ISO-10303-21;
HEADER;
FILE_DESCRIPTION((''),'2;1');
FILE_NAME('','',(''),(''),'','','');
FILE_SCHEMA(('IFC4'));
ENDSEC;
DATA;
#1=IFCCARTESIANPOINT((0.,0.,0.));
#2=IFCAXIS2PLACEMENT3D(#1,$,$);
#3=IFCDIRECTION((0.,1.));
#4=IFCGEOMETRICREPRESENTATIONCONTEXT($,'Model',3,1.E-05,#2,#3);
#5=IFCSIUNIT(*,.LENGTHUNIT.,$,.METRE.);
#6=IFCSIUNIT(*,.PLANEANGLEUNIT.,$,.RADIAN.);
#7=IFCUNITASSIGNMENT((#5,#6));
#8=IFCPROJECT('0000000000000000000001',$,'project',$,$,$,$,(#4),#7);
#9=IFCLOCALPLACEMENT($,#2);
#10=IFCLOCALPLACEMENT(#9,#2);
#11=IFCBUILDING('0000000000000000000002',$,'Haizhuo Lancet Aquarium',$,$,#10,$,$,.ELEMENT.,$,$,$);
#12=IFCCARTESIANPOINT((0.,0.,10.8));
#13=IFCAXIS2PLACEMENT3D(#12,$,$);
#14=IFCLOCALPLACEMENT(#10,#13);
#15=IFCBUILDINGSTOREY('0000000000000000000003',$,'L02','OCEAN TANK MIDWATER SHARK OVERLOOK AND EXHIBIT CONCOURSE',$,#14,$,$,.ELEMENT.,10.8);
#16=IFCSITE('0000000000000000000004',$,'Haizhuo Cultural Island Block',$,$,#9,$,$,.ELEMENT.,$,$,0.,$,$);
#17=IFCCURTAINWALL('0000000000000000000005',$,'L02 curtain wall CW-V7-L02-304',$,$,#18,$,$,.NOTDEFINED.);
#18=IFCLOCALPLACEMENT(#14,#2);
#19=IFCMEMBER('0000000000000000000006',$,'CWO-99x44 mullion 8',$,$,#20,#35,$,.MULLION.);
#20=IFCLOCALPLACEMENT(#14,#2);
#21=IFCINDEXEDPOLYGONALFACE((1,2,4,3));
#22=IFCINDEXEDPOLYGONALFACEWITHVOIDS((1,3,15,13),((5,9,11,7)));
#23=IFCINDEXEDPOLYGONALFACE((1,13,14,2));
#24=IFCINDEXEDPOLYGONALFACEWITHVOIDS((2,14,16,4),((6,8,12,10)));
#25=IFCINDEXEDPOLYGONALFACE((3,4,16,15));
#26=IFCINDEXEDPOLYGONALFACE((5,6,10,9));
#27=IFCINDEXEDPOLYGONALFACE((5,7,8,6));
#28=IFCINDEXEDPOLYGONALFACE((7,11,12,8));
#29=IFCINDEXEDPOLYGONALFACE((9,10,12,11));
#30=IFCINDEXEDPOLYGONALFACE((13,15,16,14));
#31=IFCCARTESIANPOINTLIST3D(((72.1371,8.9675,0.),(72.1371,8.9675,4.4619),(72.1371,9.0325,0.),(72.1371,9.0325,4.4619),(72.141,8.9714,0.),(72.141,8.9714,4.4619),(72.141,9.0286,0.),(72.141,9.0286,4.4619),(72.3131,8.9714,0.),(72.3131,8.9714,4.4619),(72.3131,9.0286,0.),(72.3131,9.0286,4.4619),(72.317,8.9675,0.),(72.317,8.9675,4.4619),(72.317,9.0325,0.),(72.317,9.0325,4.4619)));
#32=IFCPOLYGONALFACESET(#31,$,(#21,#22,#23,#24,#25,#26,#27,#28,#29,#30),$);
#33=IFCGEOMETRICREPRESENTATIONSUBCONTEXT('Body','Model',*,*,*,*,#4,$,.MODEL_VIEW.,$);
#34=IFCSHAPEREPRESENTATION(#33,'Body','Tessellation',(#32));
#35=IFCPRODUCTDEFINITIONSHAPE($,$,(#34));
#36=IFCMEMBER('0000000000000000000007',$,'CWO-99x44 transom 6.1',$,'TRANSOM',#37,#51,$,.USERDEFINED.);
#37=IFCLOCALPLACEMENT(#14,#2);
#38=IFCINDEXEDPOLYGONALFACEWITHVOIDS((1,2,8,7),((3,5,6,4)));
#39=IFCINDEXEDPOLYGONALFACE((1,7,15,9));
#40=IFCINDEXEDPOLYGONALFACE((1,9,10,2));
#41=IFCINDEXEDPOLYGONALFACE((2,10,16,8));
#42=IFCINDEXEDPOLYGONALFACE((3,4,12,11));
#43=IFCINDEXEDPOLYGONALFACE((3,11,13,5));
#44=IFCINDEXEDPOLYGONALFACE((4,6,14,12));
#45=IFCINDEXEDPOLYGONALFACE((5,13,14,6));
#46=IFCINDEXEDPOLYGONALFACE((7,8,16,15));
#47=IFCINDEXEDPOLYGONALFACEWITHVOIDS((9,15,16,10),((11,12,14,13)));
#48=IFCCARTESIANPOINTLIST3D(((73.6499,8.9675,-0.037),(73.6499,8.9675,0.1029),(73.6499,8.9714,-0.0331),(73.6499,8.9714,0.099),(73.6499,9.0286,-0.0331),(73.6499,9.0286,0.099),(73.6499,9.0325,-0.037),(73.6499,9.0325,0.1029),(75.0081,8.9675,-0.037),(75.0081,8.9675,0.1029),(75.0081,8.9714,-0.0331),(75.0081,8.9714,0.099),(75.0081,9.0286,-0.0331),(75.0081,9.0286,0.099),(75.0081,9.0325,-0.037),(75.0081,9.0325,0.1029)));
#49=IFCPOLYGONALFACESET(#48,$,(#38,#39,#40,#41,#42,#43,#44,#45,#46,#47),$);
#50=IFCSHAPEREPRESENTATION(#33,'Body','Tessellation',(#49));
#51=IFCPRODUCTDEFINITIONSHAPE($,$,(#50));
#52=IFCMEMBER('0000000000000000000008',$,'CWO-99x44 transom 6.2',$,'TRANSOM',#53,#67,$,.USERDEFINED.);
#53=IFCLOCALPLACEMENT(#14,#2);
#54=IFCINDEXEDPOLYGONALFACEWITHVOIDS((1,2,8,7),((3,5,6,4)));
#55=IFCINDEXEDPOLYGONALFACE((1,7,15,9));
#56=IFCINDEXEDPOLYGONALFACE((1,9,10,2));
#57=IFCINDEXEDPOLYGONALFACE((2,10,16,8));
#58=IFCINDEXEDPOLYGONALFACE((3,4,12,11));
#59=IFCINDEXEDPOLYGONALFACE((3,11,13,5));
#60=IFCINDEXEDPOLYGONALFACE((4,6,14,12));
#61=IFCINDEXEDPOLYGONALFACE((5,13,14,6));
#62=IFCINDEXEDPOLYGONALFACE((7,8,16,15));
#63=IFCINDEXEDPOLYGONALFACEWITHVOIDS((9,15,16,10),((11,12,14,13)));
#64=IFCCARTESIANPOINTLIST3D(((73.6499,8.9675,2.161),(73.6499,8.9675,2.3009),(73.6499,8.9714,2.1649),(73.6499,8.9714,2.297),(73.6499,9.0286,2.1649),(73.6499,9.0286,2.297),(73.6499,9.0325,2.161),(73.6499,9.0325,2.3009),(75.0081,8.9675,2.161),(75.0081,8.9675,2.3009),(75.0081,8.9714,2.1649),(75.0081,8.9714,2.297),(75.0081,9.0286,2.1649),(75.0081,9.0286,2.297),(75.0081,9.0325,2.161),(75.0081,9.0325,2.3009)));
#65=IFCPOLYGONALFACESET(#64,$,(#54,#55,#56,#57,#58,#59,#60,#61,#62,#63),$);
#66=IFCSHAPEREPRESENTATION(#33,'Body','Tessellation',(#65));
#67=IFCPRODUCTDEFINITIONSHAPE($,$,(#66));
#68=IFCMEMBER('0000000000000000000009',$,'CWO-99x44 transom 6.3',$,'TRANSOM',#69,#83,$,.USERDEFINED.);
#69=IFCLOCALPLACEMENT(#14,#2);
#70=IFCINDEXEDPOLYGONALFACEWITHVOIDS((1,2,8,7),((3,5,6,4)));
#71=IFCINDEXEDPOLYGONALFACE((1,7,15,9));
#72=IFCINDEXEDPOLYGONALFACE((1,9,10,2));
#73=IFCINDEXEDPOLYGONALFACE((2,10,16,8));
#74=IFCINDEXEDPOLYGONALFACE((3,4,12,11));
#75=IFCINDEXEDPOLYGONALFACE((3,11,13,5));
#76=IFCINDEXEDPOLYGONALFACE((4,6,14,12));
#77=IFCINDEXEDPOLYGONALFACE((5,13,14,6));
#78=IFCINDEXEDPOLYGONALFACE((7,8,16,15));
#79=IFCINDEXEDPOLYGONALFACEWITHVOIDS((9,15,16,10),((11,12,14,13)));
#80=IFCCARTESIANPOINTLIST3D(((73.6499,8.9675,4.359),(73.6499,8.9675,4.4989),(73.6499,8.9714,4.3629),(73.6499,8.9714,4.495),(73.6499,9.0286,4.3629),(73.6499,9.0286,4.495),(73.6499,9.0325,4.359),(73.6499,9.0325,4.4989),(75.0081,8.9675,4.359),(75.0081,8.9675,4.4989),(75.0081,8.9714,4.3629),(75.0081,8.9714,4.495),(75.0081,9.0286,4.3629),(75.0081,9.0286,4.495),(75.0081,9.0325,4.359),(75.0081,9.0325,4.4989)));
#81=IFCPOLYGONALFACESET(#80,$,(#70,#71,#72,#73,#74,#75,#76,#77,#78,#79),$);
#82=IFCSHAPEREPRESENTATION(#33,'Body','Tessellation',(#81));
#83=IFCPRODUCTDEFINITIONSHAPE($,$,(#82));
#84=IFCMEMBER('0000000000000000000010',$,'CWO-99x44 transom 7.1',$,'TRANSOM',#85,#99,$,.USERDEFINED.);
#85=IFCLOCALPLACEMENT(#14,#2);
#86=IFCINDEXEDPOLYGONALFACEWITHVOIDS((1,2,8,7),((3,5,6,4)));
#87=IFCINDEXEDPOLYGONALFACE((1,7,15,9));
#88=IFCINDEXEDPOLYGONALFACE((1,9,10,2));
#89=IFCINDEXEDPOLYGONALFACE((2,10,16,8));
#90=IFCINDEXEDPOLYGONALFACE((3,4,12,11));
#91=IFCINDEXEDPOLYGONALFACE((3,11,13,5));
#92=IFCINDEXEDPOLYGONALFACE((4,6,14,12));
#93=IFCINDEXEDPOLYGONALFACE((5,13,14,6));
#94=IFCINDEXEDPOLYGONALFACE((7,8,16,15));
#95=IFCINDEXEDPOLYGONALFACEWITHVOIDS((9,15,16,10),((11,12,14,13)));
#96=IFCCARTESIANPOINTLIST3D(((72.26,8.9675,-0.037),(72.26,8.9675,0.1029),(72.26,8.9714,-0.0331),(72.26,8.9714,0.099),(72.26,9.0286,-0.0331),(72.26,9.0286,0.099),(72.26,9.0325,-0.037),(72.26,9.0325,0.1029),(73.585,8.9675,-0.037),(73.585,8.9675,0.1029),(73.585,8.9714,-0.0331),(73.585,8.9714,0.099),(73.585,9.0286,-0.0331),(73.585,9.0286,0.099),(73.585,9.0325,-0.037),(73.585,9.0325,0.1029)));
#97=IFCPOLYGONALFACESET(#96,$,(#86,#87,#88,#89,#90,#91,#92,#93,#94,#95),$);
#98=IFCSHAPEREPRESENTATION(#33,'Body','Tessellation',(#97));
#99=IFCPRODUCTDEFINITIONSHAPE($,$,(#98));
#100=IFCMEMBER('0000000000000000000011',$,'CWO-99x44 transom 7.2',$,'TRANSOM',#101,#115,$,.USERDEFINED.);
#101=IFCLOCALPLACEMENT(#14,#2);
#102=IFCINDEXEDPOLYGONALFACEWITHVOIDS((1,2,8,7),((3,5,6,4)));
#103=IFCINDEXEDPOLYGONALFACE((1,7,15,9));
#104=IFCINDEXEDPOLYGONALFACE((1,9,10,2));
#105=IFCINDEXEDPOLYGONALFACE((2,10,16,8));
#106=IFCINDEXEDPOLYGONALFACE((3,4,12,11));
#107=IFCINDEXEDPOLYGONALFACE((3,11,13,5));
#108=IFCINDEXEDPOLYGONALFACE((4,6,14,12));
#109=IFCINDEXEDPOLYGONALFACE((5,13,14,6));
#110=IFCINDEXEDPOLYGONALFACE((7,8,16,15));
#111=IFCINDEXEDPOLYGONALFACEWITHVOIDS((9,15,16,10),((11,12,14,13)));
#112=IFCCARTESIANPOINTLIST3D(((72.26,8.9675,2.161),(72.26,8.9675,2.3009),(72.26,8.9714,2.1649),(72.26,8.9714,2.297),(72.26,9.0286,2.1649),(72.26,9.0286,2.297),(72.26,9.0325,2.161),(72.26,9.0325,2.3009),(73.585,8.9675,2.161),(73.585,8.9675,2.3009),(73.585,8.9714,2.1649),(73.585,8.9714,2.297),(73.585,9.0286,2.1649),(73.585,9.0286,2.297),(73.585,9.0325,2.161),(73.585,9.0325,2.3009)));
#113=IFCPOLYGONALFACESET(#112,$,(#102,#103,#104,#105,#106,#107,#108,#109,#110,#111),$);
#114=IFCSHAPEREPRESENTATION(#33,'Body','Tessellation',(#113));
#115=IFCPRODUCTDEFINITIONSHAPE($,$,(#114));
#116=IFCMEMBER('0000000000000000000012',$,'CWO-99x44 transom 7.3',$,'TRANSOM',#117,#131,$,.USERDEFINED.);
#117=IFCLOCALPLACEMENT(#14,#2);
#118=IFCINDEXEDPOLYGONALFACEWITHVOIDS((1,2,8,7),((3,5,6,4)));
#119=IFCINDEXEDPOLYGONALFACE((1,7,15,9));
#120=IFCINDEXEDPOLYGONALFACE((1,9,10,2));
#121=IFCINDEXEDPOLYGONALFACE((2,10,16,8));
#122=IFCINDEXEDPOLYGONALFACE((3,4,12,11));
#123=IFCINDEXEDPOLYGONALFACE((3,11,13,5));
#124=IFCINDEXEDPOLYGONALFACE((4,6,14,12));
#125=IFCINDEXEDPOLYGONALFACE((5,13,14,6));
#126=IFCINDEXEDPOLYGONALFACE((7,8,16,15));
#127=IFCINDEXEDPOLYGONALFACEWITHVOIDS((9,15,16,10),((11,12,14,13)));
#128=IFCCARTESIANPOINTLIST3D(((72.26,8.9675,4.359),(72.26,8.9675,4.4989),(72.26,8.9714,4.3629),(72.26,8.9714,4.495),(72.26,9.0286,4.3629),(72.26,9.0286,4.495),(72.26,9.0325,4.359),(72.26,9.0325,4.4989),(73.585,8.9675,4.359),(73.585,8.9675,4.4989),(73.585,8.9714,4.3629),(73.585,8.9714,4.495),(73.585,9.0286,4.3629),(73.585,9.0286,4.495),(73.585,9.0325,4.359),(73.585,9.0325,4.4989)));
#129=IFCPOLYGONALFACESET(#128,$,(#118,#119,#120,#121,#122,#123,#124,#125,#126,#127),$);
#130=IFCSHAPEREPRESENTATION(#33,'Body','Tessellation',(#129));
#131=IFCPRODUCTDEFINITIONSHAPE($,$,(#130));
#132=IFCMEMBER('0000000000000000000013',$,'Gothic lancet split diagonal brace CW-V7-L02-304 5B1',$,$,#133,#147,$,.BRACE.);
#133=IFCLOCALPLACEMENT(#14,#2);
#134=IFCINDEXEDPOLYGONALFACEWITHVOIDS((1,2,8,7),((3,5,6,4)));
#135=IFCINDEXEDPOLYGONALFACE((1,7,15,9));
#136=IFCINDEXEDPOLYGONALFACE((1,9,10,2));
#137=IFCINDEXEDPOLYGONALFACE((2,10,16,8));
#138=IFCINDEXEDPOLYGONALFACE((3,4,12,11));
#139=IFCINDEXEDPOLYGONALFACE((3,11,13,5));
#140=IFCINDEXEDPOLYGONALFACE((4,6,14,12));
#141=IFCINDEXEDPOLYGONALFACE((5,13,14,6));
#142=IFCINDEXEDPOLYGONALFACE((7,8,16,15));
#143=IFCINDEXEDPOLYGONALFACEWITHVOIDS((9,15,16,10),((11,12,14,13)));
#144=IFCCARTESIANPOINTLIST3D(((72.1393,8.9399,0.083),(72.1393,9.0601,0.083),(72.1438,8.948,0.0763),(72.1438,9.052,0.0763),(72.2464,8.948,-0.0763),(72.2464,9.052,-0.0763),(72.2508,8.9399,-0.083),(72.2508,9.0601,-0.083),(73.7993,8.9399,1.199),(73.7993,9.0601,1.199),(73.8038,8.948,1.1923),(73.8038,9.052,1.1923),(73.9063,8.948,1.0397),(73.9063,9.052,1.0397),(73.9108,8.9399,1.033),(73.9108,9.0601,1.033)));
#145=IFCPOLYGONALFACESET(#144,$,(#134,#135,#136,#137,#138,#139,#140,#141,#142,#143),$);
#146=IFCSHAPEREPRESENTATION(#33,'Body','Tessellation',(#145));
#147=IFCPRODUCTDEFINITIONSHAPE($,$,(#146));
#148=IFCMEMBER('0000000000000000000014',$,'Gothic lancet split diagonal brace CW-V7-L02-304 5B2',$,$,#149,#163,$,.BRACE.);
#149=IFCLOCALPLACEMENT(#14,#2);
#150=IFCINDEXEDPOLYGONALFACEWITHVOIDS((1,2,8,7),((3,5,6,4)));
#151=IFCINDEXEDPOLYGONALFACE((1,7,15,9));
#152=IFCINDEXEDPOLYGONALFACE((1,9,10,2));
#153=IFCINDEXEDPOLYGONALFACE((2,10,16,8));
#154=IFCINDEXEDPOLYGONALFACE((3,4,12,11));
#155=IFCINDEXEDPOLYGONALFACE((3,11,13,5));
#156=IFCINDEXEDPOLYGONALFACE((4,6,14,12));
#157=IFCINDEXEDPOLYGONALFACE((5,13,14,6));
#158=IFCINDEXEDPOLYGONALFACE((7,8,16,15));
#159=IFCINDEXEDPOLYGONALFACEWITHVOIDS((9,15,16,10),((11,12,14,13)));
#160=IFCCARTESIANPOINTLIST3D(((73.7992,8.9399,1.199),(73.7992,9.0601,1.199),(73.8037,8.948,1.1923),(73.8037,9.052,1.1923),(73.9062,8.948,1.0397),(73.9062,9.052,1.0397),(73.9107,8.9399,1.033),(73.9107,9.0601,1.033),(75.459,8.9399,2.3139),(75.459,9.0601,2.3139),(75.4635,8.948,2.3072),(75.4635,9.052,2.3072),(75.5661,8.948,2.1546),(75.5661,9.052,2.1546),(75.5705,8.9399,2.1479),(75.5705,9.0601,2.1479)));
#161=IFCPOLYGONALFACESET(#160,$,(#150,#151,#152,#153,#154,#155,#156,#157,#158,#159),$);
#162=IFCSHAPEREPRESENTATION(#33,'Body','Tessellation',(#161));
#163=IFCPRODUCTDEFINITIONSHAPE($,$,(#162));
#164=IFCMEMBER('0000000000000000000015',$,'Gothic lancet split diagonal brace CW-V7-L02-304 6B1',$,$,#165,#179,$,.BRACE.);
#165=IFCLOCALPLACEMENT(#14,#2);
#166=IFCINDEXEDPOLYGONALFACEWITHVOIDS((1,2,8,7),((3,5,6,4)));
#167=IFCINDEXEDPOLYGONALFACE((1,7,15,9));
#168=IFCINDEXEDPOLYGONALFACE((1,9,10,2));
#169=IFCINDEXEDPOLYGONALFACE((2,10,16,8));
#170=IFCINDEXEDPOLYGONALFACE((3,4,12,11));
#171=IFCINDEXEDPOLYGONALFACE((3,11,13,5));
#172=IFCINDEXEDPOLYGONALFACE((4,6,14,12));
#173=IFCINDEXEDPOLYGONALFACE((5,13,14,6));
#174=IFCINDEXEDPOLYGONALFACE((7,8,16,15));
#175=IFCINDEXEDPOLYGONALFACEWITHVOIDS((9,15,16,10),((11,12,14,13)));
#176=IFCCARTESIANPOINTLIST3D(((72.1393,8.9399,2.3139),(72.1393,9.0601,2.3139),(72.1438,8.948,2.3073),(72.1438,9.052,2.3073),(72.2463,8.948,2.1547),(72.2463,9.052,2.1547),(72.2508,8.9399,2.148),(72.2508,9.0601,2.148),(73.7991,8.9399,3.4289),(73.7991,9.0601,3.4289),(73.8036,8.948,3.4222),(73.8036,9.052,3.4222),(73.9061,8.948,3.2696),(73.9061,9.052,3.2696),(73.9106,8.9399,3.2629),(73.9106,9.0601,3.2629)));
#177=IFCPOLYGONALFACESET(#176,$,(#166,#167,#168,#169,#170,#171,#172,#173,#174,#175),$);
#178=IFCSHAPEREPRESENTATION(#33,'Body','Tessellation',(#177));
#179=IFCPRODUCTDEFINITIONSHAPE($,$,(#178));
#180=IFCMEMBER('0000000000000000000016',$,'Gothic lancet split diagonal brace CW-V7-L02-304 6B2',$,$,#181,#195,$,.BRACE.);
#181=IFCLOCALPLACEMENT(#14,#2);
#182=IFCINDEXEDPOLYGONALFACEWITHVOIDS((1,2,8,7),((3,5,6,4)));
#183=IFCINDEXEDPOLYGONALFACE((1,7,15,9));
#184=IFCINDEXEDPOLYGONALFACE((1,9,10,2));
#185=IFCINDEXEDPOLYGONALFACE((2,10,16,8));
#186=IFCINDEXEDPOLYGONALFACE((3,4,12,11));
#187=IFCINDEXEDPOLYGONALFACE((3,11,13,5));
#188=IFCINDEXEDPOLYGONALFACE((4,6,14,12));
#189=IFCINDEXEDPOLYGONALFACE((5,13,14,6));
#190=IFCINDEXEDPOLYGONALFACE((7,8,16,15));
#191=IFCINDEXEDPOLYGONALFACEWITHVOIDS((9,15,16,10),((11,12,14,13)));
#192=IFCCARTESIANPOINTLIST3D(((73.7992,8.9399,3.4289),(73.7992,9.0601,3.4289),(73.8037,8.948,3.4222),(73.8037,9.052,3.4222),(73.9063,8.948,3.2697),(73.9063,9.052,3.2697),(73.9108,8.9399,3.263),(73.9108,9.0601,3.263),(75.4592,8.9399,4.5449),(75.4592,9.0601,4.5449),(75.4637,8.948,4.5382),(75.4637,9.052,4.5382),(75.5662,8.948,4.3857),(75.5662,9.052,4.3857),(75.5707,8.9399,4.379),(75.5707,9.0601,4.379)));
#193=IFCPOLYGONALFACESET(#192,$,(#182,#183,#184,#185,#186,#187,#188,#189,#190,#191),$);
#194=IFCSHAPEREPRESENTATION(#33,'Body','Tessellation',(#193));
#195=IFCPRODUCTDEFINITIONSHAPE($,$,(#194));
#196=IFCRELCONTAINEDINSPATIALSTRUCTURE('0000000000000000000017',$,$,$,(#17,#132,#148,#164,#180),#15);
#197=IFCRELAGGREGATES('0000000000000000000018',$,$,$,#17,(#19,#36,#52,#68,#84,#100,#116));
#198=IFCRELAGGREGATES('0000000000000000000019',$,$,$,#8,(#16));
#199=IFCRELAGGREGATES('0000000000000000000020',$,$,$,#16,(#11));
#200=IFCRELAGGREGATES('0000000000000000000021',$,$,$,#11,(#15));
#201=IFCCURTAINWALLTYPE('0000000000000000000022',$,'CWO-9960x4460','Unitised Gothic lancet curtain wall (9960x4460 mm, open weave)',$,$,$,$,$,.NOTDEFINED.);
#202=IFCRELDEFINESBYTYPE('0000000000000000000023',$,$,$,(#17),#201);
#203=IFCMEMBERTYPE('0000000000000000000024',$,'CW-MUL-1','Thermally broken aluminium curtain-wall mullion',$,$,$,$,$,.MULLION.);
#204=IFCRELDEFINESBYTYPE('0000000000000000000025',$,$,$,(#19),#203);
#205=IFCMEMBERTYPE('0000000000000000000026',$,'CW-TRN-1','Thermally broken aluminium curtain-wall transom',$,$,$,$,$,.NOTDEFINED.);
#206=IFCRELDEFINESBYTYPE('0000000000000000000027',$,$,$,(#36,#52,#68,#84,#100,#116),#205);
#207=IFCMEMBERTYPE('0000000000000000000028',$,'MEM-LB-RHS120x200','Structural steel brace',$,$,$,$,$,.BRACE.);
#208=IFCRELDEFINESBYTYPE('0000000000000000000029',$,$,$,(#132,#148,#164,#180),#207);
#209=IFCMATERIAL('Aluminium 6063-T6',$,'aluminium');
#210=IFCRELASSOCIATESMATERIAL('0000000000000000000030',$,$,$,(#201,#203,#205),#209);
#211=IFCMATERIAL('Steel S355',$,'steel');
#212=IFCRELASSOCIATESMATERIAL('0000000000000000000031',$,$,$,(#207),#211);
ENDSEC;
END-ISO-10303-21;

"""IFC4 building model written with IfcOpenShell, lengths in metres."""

from ifc_helpers import new_model, si_unit, direction, frame, origin, origin_2d, place, context, subcontext, project, spatial, hollow_rectangle, extrude, material, material_profile, profile_set, type_object, element, aggregate, save


model = new_model("IFC4")

# Units and contexts
model_context = context("Model", 3, precision=1e-05, world=origin(), true_north=direction((0.0, 1.0)))
body_context = subcontext(model_context, "Body", "Model", "MODEL_VIEW")
ifc_project = project(units=[si_unit("LENGTHUNIT", "METRE"), si_unit("PLANEANGLEUNIT", "RADIAN")], contexts=[model_context])

# Site, building, storey
site_placement = place(None, origin())
site = spatial("IfcSite", under=ifc_project, at=site_placement, Name="Haizhuo Cultural Island Block", CompositionType="ELEMENT", RefElevation=0.0)
building_placement = place(site_placement, origin())
building = spatial("IfcBuilding", under=site, at=building_placement, Name="Haizhuo Lancet Aquarium", CompositionType="ELEMENT")
storey_placement = place(building_placement, frame((0.0, 0.0, 10.8)))
storey = spatial("IfcBuildingStorey", under=building, at=storey_placement, Name="L02", Description="OCEAN TANK MIDWATER SHARK OVERLOOK AND EXHIBIT CONCOURSE", CompositionType="ELEMENT", Elevation=10.8)

# Shared definitions
ifc_material_1 = material(Name="Steel S355", Category="steel")

# Curtain wall, members
ifc_material_2 = material(Name="Aluminium 6063-T6", Category="aluminium")
curtain_wall_type = type_object("IfcCurtainWallType", Name="CWO-9960x4460", Description="Unitised Gothic lancet curtain wall (9960x4460 mm, open weave)", PredefinedType="NOTDEFINED", material=ifc_material_2)
curtain_wall_placement = place(storey_placement, origin())
curtain_wall = element("IfcCurtainWall", 1, at=curtain_wall_placement, inside=storey, type_object=curtain_wall_type, Name="L02 curtain wall CW-V7-L02-304", PredefinedType="NOTDEFINED")
ifc_material_profile_1 = material_profile(ifc_material_2, hollow_rectangle(XDim=0.0649, YDim=0.1799, WallThickness=0.0039, at=origin_2d()), Name="ALU-M 65x180x4")
ifc_profile_set_1 = profile_set([ifc_material_profile_1], Name="Aluminium 6063-T6")
member_type_1 = type_object("IfcMemberType", Name="CW-MUL-1", Description="Thermally broken aluminium curtain-wall mullion", PredefinedType="MULLION", material=ifc_profile_set_1)
member_1_placement = place(storey_placement, frame((72.2271, 9.0, 0.0), z_axis=(0.0, 0.0, 1.0), x_axis=(0.0, -1.0, 0.0)))
member_1 = element("IfcMember", 2, at=member_1_placement, type_object=member_type_1, Name="CWO-99x44 mullion 8", PredefinedType="MULLION", context=body_context, shape_type="SweptSolid", body=[
    extrude(hollow_rectangle(XDim=0.0649, YDim=0.1799, WallThickness=0.0039, at=origin_2d()), origin(), (0.0, 0.0, 1.0), 4.4619),
])
ifc_material_profile_2 = material_profile(ifc_material_2, hollow_rectangle(XDim=0.0649, YDim=0.1399, WallThickness=0.0039, at=origin_2d()), Name="ALU-T 65x140x4")
ifc_profile_set_2 = profile_set([ifc_material_profile_2], Name="Aluminium 6063-T6")
member_type_2 = type_object("IfcMemberType", Name="CW-TRN-1", Description="Thermally broken aluminium curtain-wall transom", PredefinedType="NOTDEFINED", material=ifc_profile_set_2)
member_2_placement = place(storey_placement, frame((75.0081, 9.0, 0.033), z_axis=(-1.0, 0.0, 0.0), x_axis=(0.0, -1.0, 0.0)))
member_2 = element("IfcMember", 3, at=member_2_placement, type_object=member_type_2, Name="CWO-99x44 transom 6.1", ObjectType="TRANSOM", PredefinedType="USERDEFINED", context=body_context, shape_type="SweptSolid", body=[
    extrude(hollow_rectangle(XDim=0.0649, YDim=0.1399, WallThickness=0.0039, at=origin_2d()), origin(), (0.0, 0.0, 1.0), 1.3582),
])
member_3_placement = place(storey_placement, frame((75.0081, 9.0, 2.231), z_axis=(-1.0, 0.0, 0.0), x_axis=(0.0, -1.0, 0.0)))
member_3 = element("IfcMember", 4, at=member_3_placement, type_object=member_type_2, Name="CWO-99x44 transom 6.2", ObjectType="TRANSOM", PredefinedType="USERDEFINED", context=body_context, shape_type="SweptSolid", body=[
    extrude(hollow_rectangle(XDim=0.0649, YDim=0.1399, WallThickness=0.0039, at=origin_2d()), origin(), (0.0, 0.0, 1.0), 1.3582),
])
member_4_placement = place(storey_placement, frame((75.0081, 9.0, 4.429), z_axis=(-1.0, 0.0, 0.0), x_axis=(0.0, -1.0, 0.0)))
member_4 = element("IfcMember", 5, at=member_4_placement, type_object=member_type_2, Name="CWO-99x44 transom 6.3", ObjectType="TRANSOM", PredefinedType="USERDEFINED", context=body_context, shape_type="SweptSolid", body=[
    extrude(hollow_rectangle(XDim=0.0649, YDim=0.1399, WallThickness=0.0039, at=origin_2d()), origin(), (0.0, 0.0, 1.0), 1.3582),
])
member_5_placement = place(storey_placement, frame((73.585, 9.0, 0.033), z_axis=(-1.0, 0.0, 0.0), x_axis=(0.0, -1.0, 0.0)))
member_5 = element("IfcMember", 6, at=member_5_placement, type_object=member_type_2, Name="CWO-99x44 transom 7.1", ObjectType="TRANSOM", PredefinedType="USERDEFINED", context=body_context, shape_type="SweptSolid", body=[
    extrude(hollow_rectangle(XDim=0.0649, YDim=0.1399, WallThickness=0.0039, at=origin_2d()), origin(), (0.0, 0.0, 1.0), 1.325),
])
member_6_placement = place(storey_placement, frame((73.585, 9.0, 2.231), z_axis=(-1.0, 0.0, 0.0), x_axis=(0.0, -1.0, 0.0)))
member_6 = element("IfcMember", 7, at=member_6_placement, type_object=member_type_2, Name="CWO-99x44 transom 7.2", ObjectType="TRANSOM", PredefinedType="USERDEFINED", context=body_context, shape_type="SweptSolid", body=[
    extrude(hollow_rectangle(XDim=0.0649, YDim=0.1399, WallThickness=0.0039, at=origin_2d()), origin(), (0.0, 0.0, 1.0), 1.325),
])
member_7_placement = place(storey_placement, frame((73.585, 9.0, 4.429), z_axis=(-1.0, 0.0, 0.0), x_axis=(0.0, -1.0, 0.0)))
member_7 = element("IfcMember", 8, at=member_7_placement, type_object=member_type_2, Name="CWO-99x44 transom 7.3", ObjectType="TRANSOM", PredefinedType="USERDEFINED", context=body_context, shape_type="SweptSolid", body=[
    extrude(hollow_rectangle(XDim=0.0649, YDim=0.1399, WallThickness=0.0039, at=origin_2d()), origin(), (0.0, 0.0, 1.0), 1.325),
])

# Members
ifc_material_profile_3 = material_profile(ifc_material_1, hollow_rectangle(XDim=0.1201, YDim=0.2, WallThickness=0.0081, at=origin_2d()), Name="RHS 120x200x8")
ifc_profile_set_3 = profile_set([ifc_material_profile_3], Name="Steel S355")
member_type_3 = type_object("IfcMemberType", Name="MEM-LB-RHS120x200", Description="Structural steel brace", PredefinedType="BRACE", material=ifc_profile_set_3)
member_8_placement = place(storey_placement, frame((72.1951, 9.0, 0.0), z_axis=(0.829884, 0.0, 0.557935), x_axis=(0.0, 1.0, 0.0)))
element("IfcMember", 9, at=member_8_placement, inside=storey, type_object=member_type_3, Name="Gothic lancet split diagonal brace CW-V7-L02-304 5B1", PredefinedType="BRACE", context=body_context, shape_type="SweptSolid", body=[
    extrude(hollow_rectangle(XDim=0.1201, YDim=0.2, WallThickness=0.0081, at=origin_2d()), origin(), (0.0, 0.0, 1.0), 2.0002),
])
for number, where, z_axis, x_axis, name in (
    (10, (73.855, 9.0, 1.116), (0.830111, 0.0, 0.557599), (0.0, 1.0, 0.0), "Gothic lancet split diagonal brace CW-V7-L02-304 5B2"),
    (11, (72.1951, 9.0, 2.231), (0.830111, 0.0, 0.557599), (0.0, 1.0, 0.0), "Gothic lancet split diagonal brace CW-V7-L02-304 6B1"),
):
    element("IfcMember", number, at=place(storey_placement, frame(where, z_axis=z_axis, x_axis=x_axis)), inside=storey, type_object=member_type_3, Name=name, PredefinedType="BRACE", context=body_context, shape_type="SweptSolid", body=[
        extrude(hollow_rectangle(XDim=0.1201, YDim=0.2, WallThickness=0.0081, at=origin_2d()), origin(), (0.0, 0.0, 1.0), 1.9995),
    ])
member_9_placement = place(storey_placement, frame((73.855, 9.0, 3.3459), z_axis=(0.829884, 0.0, 0.557935), x_axis=(0.0, 1.0, 0.0)))
element("IfcMember", 12, at=member_9_placement, inside=storey, type_object=member_type_3, Name="Gothic lancet split diagonal brace CW-V7-L02-304 6B2", PredefinedType="BRACE", context=body_context, shape_type="SweptSolid", body=[
    extrude(hollow_rectangle(XDim=0.1201, YDim=0.2, WallThickness=0.0081, at=origin_2d()), origin(), (0.0, 0.0, 1.0), 2.0002),
])

aggregate(curtain_wall, [member_1, member_2, member_3, member_4, member_5, member_6, member_7])

save(model, "model.ifc")
